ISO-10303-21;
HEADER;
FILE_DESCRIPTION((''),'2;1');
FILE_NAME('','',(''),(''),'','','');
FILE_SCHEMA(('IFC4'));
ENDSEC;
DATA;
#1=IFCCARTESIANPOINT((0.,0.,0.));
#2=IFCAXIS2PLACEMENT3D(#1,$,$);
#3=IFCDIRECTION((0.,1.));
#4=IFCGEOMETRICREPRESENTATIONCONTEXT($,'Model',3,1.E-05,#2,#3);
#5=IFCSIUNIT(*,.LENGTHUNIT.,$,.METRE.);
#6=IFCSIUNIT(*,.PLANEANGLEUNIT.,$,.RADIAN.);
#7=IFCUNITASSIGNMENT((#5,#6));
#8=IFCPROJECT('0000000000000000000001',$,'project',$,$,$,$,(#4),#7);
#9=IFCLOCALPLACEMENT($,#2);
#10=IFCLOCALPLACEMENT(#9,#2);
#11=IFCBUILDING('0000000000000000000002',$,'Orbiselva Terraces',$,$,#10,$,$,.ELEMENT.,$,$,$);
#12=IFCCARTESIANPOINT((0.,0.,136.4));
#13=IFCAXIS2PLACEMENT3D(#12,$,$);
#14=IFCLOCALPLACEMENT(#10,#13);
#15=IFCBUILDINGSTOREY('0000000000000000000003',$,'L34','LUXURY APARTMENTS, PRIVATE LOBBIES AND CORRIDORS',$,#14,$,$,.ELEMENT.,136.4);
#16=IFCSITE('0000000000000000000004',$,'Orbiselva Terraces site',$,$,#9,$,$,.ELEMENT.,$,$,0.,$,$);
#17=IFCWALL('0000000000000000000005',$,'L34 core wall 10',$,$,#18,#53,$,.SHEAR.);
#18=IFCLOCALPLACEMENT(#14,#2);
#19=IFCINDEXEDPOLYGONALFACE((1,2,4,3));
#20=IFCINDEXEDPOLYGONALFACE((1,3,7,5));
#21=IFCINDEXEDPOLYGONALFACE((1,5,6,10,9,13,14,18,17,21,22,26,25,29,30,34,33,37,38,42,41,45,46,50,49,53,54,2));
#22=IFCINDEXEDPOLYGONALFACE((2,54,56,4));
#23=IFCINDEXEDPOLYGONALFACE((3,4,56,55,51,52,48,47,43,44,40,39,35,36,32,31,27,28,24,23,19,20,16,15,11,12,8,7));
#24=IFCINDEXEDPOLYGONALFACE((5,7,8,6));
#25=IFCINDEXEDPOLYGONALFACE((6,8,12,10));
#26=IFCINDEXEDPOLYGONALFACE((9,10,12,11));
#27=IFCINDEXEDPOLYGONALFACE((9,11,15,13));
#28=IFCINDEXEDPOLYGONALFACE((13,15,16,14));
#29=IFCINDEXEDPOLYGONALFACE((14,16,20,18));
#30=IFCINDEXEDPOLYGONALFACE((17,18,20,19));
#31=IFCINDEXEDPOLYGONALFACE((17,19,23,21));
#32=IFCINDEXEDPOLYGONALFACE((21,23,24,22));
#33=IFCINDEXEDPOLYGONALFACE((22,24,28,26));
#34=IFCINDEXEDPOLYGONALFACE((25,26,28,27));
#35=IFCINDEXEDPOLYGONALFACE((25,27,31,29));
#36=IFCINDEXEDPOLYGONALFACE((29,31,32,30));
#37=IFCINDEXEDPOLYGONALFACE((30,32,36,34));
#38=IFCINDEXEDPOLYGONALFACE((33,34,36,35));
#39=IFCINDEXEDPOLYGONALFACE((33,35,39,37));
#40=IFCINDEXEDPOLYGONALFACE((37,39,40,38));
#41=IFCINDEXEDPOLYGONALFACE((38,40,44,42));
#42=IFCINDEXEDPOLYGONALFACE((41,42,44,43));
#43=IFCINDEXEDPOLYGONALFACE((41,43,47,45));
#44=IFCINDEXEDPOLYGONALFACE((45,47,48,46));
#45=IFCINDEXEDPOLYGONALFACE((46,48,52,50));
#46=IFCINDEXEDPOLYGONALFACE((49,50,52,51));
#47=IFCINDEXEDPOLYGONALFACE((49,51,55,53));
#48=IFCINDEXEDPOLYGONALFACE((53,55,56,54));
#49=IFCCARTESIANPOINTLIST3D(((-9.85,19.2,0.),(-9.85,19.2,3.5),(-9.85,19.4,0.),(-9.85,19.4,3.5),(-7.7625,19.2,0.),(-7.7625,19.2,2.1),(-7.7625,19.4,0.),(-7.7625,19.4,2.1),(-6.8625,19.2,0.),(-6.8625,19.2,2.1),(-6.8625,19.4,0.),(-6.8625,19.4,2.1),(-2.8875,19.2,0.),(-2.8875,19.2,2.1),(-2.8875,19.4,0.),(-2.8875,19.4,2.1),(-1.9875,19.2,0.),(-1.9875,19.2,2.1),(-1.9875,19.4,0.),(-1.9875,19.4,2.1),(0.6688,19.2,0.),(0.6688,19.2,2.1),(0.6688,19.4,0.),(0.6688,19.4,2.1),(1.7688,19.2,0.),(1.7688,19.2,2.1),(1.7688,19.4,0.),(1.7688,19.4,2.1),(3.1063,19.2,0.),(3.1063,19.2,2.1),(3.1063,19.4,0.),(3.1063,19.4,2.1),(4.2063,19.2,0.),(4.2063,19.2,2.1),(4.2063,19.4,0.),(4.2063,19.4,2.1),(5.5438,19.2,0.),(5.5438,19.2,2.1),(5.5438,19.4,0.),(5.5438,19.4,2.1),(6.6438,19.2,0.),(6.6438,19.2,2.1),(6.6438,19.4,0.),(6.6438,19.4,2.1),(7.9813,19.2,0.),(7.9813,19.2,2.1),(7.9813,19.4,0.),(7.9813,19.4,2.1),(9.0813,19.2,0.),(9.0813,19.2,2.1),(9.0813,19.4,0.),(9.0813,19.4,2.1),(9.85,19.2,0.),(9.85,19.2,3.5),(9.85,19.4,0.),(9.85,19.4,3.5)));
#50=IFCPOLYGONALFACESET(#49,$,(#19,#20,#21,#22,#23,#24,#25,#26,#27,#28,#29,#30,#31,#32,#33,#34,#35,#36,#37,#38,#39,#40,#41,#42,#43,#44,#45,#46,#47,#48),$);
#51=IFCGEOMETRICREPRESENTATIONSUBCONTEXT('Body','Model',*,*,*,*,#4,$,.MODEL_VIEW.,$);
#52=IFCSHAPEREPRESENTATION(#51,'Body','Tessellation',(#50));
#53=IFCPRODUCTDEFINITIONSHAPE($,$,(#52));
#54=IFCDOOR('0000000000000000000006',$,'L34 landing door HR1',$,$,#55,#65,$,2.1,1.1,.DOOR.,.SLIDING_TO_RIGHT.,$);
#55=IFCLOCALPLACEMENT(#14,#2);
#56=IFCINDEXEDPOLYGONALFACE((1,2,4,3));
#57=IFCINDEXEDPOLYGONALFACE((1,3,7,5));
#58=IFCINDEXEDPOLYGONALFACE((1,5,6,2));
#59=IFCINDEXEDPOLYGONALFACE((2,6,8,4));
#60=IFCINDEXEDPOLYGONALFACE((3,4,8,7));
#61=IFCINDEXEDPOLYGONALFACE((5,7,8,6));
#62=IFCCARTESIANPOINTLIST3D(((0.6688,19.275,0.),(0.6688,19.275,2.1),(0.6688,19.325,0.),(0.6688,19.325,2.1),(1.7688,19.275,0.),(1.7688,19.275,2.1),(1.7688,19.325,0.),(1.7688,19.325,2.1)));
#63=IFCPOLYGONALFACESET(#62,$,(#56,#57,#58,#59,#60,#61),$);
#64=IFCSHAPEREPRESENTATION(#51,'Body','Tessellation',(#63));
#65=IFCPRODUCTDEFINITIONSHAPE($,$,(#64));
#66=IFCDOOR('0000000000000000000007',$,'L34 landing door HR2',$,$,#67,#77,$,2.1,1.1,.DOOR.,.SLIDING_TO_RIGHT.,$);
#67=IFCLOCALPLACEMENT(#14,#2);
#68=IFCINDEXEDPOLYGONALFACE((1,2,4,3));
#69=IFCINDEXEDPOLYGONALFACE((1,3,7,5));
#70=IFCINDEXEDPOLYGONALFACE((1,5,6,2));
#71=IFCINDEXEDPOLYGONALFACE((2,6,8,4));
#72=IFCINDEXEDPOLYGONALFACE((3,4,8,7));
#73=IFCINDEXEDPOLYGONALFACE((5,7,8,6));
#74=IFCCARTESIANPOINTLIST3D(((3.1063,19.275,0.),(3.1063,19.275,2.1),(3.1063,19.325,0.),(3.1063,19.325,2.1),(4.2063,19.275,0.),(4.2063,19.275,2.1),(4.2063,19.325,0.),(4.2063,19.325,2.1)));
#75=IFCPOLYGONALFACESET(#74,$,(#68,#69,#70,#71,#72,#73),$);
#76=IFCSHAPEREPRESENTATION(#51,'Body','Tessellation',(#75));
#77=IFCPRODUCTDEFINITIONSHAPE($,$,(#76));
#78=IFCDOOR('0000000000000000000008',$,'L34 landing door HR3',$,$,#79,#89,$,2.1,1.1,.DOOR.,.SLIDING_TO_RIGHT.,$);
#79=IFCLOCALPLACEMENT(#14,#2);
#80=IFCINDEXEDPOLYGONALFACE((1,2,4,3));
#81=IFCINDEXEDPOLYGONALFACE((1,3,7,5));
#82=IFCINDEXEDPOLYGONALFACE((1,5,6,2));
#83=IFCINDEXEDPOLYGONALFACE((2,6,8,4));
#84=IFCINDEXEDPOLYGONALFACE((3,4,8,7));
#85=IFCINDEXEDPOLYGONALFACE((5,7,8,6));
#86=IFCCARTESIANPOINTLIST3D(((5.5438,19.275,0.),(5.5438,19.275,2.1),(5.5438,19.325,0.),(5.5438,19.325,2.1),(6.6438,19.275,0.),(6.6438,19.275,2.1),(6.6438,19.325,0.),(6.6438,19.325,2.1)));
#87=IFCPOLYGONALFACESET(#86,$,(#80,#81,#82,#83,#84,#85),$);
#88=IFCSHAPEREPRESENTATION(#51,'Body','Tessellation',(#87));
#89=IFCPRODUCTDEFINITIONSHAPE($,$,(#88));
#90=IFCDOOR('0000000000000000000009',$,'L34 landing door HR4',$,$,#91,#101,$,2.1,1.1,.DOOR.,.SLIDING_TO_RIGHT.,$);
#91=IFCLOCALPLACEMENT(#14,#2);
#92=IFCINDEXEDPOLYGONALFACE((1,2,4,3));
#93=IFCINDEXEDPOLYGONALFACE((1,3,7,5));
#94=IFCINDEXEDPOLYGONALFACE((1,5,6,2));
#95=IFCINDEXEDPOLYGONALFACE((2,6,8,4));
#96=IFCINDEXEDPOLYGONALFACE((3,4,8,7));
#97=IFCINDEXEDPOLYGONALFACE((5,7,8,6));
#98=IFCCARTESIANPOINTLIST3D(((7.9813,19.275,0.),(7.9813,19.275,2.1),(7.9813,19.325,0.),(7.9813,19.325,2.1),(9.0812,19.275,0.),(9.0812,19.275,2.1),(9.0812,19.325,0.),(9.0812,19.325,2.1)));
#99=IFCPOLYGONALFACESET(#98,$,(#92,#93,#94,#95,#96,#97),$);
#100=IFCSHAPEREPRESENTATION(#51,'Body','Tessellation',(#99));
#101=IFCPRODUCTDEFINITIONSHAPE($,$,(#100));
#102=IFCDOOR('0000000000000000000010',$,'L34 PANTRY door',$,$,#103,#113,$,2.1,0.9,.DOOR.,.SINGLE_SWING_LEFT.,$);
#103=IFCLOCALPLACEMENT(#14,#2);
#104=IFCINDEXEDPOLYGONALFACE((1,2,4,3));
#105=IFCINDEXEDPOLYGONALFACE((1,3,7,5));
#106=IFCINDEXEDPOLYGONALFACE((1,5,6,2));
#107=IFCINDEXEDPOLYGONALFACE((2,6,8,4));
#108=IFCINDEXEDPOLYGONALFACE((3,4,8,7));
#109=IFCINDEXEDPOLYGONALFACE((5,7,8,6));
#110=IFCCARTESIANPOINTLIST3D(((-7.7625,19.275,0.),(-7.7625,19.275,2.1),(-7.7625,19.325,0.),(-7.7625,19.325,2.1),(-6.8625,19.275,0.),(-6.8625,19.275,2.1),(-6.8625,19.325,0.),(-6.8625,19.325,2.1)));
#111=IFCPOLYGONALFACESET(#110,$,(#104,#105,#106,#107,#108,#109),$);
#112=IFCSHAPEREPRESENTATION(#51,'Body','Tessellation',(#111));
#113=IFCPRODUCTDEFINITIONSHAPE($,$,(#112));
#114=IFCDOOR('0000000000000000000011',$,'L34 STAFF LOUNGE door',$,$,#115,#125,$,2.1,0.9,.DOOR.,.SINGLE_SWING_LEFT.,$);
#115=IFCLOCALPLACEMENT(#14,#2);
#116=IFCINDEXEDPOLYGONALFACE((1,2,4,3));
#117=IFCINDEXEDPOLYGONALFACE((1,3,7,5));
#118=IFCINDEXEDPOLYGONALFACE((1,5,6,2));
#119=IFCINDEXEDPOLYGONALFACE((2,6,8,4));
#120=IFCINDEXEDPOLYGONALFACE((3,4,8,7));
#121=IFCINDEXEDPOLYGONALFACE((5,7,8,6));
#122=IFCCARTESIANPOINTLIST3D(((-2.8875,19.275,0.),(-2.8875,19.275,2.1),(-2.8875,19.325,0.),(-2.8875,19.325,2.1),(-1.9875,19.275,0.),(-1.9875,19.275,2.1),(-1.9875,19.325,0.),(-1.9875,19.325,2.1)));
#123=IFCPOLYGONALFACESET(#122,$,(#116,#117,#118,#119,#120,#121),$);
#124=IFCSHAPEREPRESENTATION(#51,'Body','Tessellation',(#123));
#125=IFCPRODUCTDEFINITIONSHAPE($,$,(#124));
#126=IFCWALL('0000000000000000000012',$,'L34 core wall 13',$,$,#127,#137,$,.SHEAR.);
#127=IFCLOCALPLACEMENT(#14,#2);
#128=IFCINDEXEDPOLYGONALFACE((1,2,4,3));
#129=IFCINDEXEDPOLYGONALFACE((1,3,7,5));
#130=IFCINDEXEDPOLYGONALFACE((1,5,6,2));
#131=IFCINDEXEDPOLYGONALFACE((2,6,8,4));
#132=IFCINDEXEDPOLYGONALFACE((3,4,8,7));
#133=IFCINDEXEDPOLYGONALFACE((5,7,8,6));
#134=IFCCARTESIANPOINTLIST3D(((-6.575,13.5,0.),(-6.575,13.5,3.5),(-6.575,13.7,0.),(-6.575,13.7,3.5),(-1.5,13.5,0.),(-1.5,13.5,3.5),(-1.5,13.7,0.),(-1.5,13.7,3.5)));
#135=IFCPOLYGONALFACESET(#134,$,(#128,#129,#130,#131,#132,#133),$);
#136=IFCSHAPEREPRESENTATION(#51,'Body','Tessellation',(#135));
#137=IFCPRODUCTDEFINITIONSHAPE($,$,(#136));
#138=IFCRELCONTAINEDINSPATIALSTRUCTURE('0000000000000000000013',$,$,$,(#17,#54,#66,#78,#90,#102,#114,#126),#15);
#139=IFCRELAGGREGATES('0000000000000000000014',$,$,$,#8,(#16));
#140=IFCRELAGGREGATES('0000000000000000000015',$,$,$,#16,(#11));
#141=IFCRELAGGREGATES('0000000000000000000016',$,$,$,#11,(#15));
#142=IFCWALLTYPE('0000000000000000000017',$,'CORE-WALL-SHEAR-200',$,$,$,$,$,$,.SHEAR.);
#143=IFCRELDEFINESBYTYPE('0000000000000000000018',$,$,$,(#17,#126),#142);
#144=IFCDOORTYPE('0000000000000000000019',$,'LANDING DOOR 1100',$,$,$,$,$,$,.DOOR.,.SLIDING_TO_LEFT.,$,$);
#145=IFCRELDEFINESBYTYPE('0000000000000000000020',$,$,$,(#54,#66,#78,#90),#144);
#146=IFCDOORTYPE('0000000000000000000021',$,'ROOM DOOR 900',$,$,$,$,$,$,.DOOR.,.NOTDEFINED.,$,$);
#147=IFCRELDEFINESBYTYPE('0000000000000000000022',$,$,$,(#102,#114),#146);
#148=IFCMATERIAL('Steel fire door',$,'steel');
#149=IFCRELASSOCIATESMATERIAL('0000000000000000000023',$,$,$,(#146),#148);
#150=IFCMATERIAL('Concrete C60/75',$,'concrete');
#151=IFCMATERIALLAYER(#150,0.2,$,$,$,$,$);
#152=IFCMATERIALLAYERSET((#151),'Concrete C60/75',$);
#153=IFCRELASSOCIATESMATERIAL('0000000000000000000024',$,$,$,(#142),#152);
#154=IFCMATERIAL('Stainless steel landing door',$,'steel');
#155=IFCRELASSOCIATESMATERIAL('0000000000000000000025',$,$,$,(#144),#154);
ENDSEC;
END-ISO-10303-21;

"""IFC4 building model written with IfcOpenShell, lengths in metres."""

from ifc_helpers import new_model, si_unit, direction, frame, frame_2d, origin, place, context, subcontext, project, spatial, rectangle, extrude, material, layer, layer_set, type_object, element, fill, save


model = new_model("IFC4")

# Units and contexts
model_context = context("Model", 3, precision=1e-05, world=origin(), true_north=direction((0.0, 1.0)))
body_context = subcontext(model_context, "Body", "Model", "MODEL_VIEW")
ifc_project = project(units=[si_unit("LENGTHUNIT", "METRE"), si_unit("PLANEANGLEUNIT", "RADIAN")], contexts=[model_context])

# Site, building, storey
site_placement = place(None, origin())
site = spatial("IfcSite", under=ifc_project, at=site_placement, Name="Orbiselva Terraces site", CompositionType="ELEMENT", RefElevation=0.0)
building_placement = place(site_placement, origin())
building = spatial("IfcBuilding", under=site, at=building_placement, Name="Orbiselva Terraces", CompositionType="ELEMENT")
storey_placement = place(building_placement, frame((0.0, 0.0, 136.4)))
storey = spatial("IfcBuildingStorey", under=building, at=storey_placement, Name="L34", Description="LUXURY APARTMENTS, PRIVATE LOBBIES AND CORRIDORS", CompositionType="ELEMENT", Elevation=136.4)

# Shared definitions
ifc_material_1 = material(Name="Steel fire door", Category="steel")
door_type_1 = type_object("IfcDoorType", Name="ROOM DOOR 900", OperationType="NOTDEFINED", PredefinedType="DOOR", material=ifc_material_1)

# Shared definitions
ifc_material_2 = material(Name="Concrete C60/75", Category="concrete")
ifc_layer_1 = layer(ifc_material_2, 0.2)
ifc_layer_set_1 = layer_set([ifc_layer_1], Name="Concrete C60/75")
wall_type_1 = type_object("IfcWallType", Name="CORE-WALL-SHEAR-200", PredefinedType="SHEAR", material=ifc_layer_set_1)

# Wall, openings, doors
wall_1_placement = place(storey_placement, frame((-9.85, 19.3, 0.0), z_axis=(0.0, 0.0, 1.0), x_axis=(1.0, 0.0, 0.0)))
wall_1 = element("IfcWall", 1, at=wall_1_placement, inside=storey, type_object=wall_type_1, Name="L34 core wall 10", PredefinedType="SHEAR", context=body_context, shape_type="SweptSolid", body=[
    extrude(rectangle(XDim=19.7, YDim=0.2, at=frame_2d((9.85, 0.0))), origin(), (0.0, 0.0, 1.0), 3.5),
])
opening_1_placement = place(wall_1_placement, frame((10.5188, 0.0, 0.0)))
opening_1 = element("IfcOpeningElement", 2, at=opening_1_placement, cuts=wall_1, PredefinedType="OPENING", context=body_context, shape_type="SweptSolid", body=[
    extrude(rectangle(XDim=1.1, YDim=2.1, at=frame_2d((0.55, 1.05))), frame((0.0, 0.11, 0.0), z_axis=(0.0, -1.0, 0.0), x_axis=(1.0, 0.0, 0.0)), (0.0, 0.0, 1.0), 0.22),
])
opening_2_placement = place(wall_1_placement, frame((12.9563, 0.0, 0.0)))
opening_2 = element("IfcOpeningElement", 3, at=opening_2_placement, cuts=wall_1, PredefinedType="OPENING", context=body_context, shape_type="SweptSolid", body=[
    extrude(rectangle(XDim=1.1, YDim=2.1, at=frame_2d((0.55, 1.05))), frame((0.0, 0.11, 0.0), z_axis=(0.0, -1.0, 0.0), x_axis=(1.0, 0.0, 0.0)), (0.0, 0.0, 1.0), 0.22),
])
opening_3_placement = place(wall_1_placement, frame((15.3938, 0.0, 0.0)))
opening_3 = element("IfcOpeningElement", 4, at=opening_3_placement, cuts=wall_1, PredefinedType="OPENING", context=body_context, shape_type="SweptSolid", body=[
    extrude(rectangle(XDim=1.1, YDim=2.1, at=frame_2d((0.55, 1.05))), frame((0.0, 0.11, 0.0), z_axis=(0.0, -1.0, 0.0), x_axis=(1.0, 0.0, 0.0)), (0.0, 0.0, 1.0), 0.22),
])
opening_4_placement = place(wall_1_placement, frame((17.8313, 0.0, 0.0)))
opening_4 = element("IfcOpeningElement", 5, at=opening_4_placement, cuts=wall_1, PredefinedType="OPENING", context=body_context, shape_type="SweptSolid", body=[
    extrude(rectangle(XDim=1.1, YDim=2.1, at=frame_2d((0.55, 1.05))), frame((0.0, 0.11, 0.0), z_axis=(0.0, -1.0, 0.0), x_axis=(1.0, 0.0, 0.0)), (0.0, 0.0, 1.0), 0.22),
])
opening_5_placement = place(wall_1_placement, frame((2.0875, 0.0, 0.0)))
opening_5 = element("IfcOpeningElement", 6, at=opening_5_placement, cuts=wall_1, PredefinedType="OPENING", context=body_context, shape_type="SweptSolid", body=[
    extrude(rectangle(XDim=0.9, YDim=2.1, at=frame_2d((0.45, 1.05))), frame((0.0, 0.11, 0.0), z_axis=(0.0, -1.0, 0.0), x_axis=(1.0, 0.0, 0.0)), (0.0, 0.0, 1.0), 0.22),
])
opening_6_placement = place(wall_1_placement, frame((6.9625, 0.0, 0.0)))
opening_6 = element("IfcOpeningElement", 7, at=opening_6_placement, cuts=wall_1, PredefinedType="OPENING", context=body_context, shape_type="SweptSolid", body=[
    extrude(rectangle(XDim=0.9, YDim=2.1, at=frame_2d((0.45, 1.05))), frame((0.0, 0.11, 0.0), z_axis=(0.0, -1.0, 0.0), x_axis=(1.0, 0.0, 0.0)), (0.0, 0.0, 1.0), 0.22),
])
ifc_material_3 = material(Name="Stainless steel landing door", Category="steel")
door_type_2 = type_object("IfcDoorType", Name="LANDING DOOR 1100", OperationType="SLIDING_TO_LEFT", PredefinedType="DOOR", material=ifc_material_3)
door_1_placement = place(opening_1_placement, origin())
door_1 = element("IfcDoor", 8, at=door_1_placement, inside=storey, type_object=door_type_2, Name="L34 landing door HR1", OperationType="SLIDING_TO_RIGHT", OverallHeight=2.1, OverallWidth=1.1, PredefinedType="DOOR", context=body_context, shape_type="SweptSolid", body=[
    extrude(rectangle(XDim=1.1, YDim=2.1, at=frame_2d((0.55, 1.05))), frame((0.0, 0.025, 0.0), z_axis=(0.0, -1.0, 0.0), x_axis=(1.0, 0.0, 0.0)), (0.0, 0.0, 1.0), 0.05),
])
fill(opening_1, door_1)
door_2_placement = place(opening_2_placement, origin())
door_2 = element("IfcDoor", 9, at=door_2_placement, inside=storey, type_object=door_type_2, Name="L34 landing door HR2", OperationType="SLIDING_TO_RIGHT", OverallHeight=2.1, OverallWidth=1.1, PredefinedType="DOOR", context=body_context, shape_type="SweptSolid", body=[
    extrude(rectangle(XDim=1.1, YDim=2.1, at=frame_2d((0.55, 1.05))), frame((0.0, 0.025, 0.0), z_axis=(0.0, -1.0, 0.0), x_axis=(1.0, 0.0, 0.0)), (0.0, 0.0, 1.0), 0.05),
])
fill(opening_2, door_2)
door_3_placement = place(opening_3_placement, origin())
door_3 = element("IfcDoor", 10, at=door_3_placement, inside=storey, type_object=door_type_2, Name="L34 landing door HR3", OperationType="SLIDING_TO_RIGHT", OverallHeight=2.1, OverallWidth=1.1, PredefinedType="DOOR", context=body_context, shape_type="SweptSolid", body=[
    extrude(rectangle(XDim=1.1, YDim=2.1, at=frame_2d((0.55, 1.05))), frame((0.0, 0.025, 0.0), z_axis=(0.0, -1.0, 0.0), x_axis=(1.0, 0.0, 0.0)), (0.0, 0.0, 1.0), 0.05),
])
fill(opening_3, door_3)
door_4_placement = place(opening_4_placement, origin())
door_4 = element("IfcDoor", 11, at=door_4_placement, inside=storey, type_object=door_type_2, Name="L34 landing door HR4", OperationType="SLIDING_TO_RIGHT", OverallHeight=2.1, OverallWidth=1.1, PredefinedType="DOOR", context=body_context, shape_type="SweptSolid", body=[
    extrude(rectangle(XDim=1.1, YDim=2.1, at=frame_2d((0.55, 1.05))), frame((0.0, 0.025, 0.0), z_axis=(0.0, -1.0, 0.0), x_axis=(1.0, 0.0, 0.0)), (0.0, 0.0, 1.0), 0.05),
])
fill(opening_4, door_4)
door_5_placement = place(opening_5_placement, origin())
door_5 = element("IfcDoor", 12, at=door_5_placement, inside=storey, type_object=door_type_1, Name="L34 PANTRY door", OperationType="SINGLE_SWING_LEFT", OverallHeight=2.1, OverallWidth=0.9, PredefinedType="DOOR", context=body_context, shape_type="SweptSolid", body=[
    extrude(rectangle(XDim=0.9, YDim=2.1, at=frame_2d((0.45, 1.05))), frame((0.0, 0.025, 0.0), z_axis=(0.0, -1.0, 0.0), x_axis=(1.0, 0.0, 0.0)), (0.0, 0.0, 1.0), 0.05),
])
fill(opening_5, door_5)
door_6_placement = place(opening_6_placement, origin())
door_6 = element("IfcDoor", 13, at=door_6_placement, inside=storey, type_object=door_type_1, Name="L34 STAFF LOUNGE door", OperationType="SINGLE_SWING_LEFT", OverallHeight=2.1, OverallWidth=0.9, PredefinedType="DOOR", context=body_context, shape_type="SweptSolid", body=[
    extrude(rectangle(XDim=0.9, YDim=2.1, at=frame_2d((0.45, 1.05))), frame((0.0, 0.025, 0.0), z_axis=(0.0, -1.0, 0.0), x_axis=(1.0, 0.0, 0.0)), (0.0, 0.0, 1.0), 0.05),
])
fill(opening_6, door_6)

# Wall
wall_2_placement = place(storey_placement, frame((-6.575, 13.6, 0.0), z_axis=(0.0, 0.0, 1.0), x_axis=(1.0, 0.0, 0.0)))
element("IfcWall", 14, at=wall_2_placement, inside=storey, type_object=wall_type_1, Name="L34 core wall 13", PredefinedType="SHEAR", context=body_context, shape_type="SweptSolid", body=[
    extrude(rectangle(XDim=5.075, YDim=0.2, at=frame_2d((2.5375, 0.0))), origin(), (0.0, 0.0, 1.0), 3.5),
])

save(model, "model.ifc")
